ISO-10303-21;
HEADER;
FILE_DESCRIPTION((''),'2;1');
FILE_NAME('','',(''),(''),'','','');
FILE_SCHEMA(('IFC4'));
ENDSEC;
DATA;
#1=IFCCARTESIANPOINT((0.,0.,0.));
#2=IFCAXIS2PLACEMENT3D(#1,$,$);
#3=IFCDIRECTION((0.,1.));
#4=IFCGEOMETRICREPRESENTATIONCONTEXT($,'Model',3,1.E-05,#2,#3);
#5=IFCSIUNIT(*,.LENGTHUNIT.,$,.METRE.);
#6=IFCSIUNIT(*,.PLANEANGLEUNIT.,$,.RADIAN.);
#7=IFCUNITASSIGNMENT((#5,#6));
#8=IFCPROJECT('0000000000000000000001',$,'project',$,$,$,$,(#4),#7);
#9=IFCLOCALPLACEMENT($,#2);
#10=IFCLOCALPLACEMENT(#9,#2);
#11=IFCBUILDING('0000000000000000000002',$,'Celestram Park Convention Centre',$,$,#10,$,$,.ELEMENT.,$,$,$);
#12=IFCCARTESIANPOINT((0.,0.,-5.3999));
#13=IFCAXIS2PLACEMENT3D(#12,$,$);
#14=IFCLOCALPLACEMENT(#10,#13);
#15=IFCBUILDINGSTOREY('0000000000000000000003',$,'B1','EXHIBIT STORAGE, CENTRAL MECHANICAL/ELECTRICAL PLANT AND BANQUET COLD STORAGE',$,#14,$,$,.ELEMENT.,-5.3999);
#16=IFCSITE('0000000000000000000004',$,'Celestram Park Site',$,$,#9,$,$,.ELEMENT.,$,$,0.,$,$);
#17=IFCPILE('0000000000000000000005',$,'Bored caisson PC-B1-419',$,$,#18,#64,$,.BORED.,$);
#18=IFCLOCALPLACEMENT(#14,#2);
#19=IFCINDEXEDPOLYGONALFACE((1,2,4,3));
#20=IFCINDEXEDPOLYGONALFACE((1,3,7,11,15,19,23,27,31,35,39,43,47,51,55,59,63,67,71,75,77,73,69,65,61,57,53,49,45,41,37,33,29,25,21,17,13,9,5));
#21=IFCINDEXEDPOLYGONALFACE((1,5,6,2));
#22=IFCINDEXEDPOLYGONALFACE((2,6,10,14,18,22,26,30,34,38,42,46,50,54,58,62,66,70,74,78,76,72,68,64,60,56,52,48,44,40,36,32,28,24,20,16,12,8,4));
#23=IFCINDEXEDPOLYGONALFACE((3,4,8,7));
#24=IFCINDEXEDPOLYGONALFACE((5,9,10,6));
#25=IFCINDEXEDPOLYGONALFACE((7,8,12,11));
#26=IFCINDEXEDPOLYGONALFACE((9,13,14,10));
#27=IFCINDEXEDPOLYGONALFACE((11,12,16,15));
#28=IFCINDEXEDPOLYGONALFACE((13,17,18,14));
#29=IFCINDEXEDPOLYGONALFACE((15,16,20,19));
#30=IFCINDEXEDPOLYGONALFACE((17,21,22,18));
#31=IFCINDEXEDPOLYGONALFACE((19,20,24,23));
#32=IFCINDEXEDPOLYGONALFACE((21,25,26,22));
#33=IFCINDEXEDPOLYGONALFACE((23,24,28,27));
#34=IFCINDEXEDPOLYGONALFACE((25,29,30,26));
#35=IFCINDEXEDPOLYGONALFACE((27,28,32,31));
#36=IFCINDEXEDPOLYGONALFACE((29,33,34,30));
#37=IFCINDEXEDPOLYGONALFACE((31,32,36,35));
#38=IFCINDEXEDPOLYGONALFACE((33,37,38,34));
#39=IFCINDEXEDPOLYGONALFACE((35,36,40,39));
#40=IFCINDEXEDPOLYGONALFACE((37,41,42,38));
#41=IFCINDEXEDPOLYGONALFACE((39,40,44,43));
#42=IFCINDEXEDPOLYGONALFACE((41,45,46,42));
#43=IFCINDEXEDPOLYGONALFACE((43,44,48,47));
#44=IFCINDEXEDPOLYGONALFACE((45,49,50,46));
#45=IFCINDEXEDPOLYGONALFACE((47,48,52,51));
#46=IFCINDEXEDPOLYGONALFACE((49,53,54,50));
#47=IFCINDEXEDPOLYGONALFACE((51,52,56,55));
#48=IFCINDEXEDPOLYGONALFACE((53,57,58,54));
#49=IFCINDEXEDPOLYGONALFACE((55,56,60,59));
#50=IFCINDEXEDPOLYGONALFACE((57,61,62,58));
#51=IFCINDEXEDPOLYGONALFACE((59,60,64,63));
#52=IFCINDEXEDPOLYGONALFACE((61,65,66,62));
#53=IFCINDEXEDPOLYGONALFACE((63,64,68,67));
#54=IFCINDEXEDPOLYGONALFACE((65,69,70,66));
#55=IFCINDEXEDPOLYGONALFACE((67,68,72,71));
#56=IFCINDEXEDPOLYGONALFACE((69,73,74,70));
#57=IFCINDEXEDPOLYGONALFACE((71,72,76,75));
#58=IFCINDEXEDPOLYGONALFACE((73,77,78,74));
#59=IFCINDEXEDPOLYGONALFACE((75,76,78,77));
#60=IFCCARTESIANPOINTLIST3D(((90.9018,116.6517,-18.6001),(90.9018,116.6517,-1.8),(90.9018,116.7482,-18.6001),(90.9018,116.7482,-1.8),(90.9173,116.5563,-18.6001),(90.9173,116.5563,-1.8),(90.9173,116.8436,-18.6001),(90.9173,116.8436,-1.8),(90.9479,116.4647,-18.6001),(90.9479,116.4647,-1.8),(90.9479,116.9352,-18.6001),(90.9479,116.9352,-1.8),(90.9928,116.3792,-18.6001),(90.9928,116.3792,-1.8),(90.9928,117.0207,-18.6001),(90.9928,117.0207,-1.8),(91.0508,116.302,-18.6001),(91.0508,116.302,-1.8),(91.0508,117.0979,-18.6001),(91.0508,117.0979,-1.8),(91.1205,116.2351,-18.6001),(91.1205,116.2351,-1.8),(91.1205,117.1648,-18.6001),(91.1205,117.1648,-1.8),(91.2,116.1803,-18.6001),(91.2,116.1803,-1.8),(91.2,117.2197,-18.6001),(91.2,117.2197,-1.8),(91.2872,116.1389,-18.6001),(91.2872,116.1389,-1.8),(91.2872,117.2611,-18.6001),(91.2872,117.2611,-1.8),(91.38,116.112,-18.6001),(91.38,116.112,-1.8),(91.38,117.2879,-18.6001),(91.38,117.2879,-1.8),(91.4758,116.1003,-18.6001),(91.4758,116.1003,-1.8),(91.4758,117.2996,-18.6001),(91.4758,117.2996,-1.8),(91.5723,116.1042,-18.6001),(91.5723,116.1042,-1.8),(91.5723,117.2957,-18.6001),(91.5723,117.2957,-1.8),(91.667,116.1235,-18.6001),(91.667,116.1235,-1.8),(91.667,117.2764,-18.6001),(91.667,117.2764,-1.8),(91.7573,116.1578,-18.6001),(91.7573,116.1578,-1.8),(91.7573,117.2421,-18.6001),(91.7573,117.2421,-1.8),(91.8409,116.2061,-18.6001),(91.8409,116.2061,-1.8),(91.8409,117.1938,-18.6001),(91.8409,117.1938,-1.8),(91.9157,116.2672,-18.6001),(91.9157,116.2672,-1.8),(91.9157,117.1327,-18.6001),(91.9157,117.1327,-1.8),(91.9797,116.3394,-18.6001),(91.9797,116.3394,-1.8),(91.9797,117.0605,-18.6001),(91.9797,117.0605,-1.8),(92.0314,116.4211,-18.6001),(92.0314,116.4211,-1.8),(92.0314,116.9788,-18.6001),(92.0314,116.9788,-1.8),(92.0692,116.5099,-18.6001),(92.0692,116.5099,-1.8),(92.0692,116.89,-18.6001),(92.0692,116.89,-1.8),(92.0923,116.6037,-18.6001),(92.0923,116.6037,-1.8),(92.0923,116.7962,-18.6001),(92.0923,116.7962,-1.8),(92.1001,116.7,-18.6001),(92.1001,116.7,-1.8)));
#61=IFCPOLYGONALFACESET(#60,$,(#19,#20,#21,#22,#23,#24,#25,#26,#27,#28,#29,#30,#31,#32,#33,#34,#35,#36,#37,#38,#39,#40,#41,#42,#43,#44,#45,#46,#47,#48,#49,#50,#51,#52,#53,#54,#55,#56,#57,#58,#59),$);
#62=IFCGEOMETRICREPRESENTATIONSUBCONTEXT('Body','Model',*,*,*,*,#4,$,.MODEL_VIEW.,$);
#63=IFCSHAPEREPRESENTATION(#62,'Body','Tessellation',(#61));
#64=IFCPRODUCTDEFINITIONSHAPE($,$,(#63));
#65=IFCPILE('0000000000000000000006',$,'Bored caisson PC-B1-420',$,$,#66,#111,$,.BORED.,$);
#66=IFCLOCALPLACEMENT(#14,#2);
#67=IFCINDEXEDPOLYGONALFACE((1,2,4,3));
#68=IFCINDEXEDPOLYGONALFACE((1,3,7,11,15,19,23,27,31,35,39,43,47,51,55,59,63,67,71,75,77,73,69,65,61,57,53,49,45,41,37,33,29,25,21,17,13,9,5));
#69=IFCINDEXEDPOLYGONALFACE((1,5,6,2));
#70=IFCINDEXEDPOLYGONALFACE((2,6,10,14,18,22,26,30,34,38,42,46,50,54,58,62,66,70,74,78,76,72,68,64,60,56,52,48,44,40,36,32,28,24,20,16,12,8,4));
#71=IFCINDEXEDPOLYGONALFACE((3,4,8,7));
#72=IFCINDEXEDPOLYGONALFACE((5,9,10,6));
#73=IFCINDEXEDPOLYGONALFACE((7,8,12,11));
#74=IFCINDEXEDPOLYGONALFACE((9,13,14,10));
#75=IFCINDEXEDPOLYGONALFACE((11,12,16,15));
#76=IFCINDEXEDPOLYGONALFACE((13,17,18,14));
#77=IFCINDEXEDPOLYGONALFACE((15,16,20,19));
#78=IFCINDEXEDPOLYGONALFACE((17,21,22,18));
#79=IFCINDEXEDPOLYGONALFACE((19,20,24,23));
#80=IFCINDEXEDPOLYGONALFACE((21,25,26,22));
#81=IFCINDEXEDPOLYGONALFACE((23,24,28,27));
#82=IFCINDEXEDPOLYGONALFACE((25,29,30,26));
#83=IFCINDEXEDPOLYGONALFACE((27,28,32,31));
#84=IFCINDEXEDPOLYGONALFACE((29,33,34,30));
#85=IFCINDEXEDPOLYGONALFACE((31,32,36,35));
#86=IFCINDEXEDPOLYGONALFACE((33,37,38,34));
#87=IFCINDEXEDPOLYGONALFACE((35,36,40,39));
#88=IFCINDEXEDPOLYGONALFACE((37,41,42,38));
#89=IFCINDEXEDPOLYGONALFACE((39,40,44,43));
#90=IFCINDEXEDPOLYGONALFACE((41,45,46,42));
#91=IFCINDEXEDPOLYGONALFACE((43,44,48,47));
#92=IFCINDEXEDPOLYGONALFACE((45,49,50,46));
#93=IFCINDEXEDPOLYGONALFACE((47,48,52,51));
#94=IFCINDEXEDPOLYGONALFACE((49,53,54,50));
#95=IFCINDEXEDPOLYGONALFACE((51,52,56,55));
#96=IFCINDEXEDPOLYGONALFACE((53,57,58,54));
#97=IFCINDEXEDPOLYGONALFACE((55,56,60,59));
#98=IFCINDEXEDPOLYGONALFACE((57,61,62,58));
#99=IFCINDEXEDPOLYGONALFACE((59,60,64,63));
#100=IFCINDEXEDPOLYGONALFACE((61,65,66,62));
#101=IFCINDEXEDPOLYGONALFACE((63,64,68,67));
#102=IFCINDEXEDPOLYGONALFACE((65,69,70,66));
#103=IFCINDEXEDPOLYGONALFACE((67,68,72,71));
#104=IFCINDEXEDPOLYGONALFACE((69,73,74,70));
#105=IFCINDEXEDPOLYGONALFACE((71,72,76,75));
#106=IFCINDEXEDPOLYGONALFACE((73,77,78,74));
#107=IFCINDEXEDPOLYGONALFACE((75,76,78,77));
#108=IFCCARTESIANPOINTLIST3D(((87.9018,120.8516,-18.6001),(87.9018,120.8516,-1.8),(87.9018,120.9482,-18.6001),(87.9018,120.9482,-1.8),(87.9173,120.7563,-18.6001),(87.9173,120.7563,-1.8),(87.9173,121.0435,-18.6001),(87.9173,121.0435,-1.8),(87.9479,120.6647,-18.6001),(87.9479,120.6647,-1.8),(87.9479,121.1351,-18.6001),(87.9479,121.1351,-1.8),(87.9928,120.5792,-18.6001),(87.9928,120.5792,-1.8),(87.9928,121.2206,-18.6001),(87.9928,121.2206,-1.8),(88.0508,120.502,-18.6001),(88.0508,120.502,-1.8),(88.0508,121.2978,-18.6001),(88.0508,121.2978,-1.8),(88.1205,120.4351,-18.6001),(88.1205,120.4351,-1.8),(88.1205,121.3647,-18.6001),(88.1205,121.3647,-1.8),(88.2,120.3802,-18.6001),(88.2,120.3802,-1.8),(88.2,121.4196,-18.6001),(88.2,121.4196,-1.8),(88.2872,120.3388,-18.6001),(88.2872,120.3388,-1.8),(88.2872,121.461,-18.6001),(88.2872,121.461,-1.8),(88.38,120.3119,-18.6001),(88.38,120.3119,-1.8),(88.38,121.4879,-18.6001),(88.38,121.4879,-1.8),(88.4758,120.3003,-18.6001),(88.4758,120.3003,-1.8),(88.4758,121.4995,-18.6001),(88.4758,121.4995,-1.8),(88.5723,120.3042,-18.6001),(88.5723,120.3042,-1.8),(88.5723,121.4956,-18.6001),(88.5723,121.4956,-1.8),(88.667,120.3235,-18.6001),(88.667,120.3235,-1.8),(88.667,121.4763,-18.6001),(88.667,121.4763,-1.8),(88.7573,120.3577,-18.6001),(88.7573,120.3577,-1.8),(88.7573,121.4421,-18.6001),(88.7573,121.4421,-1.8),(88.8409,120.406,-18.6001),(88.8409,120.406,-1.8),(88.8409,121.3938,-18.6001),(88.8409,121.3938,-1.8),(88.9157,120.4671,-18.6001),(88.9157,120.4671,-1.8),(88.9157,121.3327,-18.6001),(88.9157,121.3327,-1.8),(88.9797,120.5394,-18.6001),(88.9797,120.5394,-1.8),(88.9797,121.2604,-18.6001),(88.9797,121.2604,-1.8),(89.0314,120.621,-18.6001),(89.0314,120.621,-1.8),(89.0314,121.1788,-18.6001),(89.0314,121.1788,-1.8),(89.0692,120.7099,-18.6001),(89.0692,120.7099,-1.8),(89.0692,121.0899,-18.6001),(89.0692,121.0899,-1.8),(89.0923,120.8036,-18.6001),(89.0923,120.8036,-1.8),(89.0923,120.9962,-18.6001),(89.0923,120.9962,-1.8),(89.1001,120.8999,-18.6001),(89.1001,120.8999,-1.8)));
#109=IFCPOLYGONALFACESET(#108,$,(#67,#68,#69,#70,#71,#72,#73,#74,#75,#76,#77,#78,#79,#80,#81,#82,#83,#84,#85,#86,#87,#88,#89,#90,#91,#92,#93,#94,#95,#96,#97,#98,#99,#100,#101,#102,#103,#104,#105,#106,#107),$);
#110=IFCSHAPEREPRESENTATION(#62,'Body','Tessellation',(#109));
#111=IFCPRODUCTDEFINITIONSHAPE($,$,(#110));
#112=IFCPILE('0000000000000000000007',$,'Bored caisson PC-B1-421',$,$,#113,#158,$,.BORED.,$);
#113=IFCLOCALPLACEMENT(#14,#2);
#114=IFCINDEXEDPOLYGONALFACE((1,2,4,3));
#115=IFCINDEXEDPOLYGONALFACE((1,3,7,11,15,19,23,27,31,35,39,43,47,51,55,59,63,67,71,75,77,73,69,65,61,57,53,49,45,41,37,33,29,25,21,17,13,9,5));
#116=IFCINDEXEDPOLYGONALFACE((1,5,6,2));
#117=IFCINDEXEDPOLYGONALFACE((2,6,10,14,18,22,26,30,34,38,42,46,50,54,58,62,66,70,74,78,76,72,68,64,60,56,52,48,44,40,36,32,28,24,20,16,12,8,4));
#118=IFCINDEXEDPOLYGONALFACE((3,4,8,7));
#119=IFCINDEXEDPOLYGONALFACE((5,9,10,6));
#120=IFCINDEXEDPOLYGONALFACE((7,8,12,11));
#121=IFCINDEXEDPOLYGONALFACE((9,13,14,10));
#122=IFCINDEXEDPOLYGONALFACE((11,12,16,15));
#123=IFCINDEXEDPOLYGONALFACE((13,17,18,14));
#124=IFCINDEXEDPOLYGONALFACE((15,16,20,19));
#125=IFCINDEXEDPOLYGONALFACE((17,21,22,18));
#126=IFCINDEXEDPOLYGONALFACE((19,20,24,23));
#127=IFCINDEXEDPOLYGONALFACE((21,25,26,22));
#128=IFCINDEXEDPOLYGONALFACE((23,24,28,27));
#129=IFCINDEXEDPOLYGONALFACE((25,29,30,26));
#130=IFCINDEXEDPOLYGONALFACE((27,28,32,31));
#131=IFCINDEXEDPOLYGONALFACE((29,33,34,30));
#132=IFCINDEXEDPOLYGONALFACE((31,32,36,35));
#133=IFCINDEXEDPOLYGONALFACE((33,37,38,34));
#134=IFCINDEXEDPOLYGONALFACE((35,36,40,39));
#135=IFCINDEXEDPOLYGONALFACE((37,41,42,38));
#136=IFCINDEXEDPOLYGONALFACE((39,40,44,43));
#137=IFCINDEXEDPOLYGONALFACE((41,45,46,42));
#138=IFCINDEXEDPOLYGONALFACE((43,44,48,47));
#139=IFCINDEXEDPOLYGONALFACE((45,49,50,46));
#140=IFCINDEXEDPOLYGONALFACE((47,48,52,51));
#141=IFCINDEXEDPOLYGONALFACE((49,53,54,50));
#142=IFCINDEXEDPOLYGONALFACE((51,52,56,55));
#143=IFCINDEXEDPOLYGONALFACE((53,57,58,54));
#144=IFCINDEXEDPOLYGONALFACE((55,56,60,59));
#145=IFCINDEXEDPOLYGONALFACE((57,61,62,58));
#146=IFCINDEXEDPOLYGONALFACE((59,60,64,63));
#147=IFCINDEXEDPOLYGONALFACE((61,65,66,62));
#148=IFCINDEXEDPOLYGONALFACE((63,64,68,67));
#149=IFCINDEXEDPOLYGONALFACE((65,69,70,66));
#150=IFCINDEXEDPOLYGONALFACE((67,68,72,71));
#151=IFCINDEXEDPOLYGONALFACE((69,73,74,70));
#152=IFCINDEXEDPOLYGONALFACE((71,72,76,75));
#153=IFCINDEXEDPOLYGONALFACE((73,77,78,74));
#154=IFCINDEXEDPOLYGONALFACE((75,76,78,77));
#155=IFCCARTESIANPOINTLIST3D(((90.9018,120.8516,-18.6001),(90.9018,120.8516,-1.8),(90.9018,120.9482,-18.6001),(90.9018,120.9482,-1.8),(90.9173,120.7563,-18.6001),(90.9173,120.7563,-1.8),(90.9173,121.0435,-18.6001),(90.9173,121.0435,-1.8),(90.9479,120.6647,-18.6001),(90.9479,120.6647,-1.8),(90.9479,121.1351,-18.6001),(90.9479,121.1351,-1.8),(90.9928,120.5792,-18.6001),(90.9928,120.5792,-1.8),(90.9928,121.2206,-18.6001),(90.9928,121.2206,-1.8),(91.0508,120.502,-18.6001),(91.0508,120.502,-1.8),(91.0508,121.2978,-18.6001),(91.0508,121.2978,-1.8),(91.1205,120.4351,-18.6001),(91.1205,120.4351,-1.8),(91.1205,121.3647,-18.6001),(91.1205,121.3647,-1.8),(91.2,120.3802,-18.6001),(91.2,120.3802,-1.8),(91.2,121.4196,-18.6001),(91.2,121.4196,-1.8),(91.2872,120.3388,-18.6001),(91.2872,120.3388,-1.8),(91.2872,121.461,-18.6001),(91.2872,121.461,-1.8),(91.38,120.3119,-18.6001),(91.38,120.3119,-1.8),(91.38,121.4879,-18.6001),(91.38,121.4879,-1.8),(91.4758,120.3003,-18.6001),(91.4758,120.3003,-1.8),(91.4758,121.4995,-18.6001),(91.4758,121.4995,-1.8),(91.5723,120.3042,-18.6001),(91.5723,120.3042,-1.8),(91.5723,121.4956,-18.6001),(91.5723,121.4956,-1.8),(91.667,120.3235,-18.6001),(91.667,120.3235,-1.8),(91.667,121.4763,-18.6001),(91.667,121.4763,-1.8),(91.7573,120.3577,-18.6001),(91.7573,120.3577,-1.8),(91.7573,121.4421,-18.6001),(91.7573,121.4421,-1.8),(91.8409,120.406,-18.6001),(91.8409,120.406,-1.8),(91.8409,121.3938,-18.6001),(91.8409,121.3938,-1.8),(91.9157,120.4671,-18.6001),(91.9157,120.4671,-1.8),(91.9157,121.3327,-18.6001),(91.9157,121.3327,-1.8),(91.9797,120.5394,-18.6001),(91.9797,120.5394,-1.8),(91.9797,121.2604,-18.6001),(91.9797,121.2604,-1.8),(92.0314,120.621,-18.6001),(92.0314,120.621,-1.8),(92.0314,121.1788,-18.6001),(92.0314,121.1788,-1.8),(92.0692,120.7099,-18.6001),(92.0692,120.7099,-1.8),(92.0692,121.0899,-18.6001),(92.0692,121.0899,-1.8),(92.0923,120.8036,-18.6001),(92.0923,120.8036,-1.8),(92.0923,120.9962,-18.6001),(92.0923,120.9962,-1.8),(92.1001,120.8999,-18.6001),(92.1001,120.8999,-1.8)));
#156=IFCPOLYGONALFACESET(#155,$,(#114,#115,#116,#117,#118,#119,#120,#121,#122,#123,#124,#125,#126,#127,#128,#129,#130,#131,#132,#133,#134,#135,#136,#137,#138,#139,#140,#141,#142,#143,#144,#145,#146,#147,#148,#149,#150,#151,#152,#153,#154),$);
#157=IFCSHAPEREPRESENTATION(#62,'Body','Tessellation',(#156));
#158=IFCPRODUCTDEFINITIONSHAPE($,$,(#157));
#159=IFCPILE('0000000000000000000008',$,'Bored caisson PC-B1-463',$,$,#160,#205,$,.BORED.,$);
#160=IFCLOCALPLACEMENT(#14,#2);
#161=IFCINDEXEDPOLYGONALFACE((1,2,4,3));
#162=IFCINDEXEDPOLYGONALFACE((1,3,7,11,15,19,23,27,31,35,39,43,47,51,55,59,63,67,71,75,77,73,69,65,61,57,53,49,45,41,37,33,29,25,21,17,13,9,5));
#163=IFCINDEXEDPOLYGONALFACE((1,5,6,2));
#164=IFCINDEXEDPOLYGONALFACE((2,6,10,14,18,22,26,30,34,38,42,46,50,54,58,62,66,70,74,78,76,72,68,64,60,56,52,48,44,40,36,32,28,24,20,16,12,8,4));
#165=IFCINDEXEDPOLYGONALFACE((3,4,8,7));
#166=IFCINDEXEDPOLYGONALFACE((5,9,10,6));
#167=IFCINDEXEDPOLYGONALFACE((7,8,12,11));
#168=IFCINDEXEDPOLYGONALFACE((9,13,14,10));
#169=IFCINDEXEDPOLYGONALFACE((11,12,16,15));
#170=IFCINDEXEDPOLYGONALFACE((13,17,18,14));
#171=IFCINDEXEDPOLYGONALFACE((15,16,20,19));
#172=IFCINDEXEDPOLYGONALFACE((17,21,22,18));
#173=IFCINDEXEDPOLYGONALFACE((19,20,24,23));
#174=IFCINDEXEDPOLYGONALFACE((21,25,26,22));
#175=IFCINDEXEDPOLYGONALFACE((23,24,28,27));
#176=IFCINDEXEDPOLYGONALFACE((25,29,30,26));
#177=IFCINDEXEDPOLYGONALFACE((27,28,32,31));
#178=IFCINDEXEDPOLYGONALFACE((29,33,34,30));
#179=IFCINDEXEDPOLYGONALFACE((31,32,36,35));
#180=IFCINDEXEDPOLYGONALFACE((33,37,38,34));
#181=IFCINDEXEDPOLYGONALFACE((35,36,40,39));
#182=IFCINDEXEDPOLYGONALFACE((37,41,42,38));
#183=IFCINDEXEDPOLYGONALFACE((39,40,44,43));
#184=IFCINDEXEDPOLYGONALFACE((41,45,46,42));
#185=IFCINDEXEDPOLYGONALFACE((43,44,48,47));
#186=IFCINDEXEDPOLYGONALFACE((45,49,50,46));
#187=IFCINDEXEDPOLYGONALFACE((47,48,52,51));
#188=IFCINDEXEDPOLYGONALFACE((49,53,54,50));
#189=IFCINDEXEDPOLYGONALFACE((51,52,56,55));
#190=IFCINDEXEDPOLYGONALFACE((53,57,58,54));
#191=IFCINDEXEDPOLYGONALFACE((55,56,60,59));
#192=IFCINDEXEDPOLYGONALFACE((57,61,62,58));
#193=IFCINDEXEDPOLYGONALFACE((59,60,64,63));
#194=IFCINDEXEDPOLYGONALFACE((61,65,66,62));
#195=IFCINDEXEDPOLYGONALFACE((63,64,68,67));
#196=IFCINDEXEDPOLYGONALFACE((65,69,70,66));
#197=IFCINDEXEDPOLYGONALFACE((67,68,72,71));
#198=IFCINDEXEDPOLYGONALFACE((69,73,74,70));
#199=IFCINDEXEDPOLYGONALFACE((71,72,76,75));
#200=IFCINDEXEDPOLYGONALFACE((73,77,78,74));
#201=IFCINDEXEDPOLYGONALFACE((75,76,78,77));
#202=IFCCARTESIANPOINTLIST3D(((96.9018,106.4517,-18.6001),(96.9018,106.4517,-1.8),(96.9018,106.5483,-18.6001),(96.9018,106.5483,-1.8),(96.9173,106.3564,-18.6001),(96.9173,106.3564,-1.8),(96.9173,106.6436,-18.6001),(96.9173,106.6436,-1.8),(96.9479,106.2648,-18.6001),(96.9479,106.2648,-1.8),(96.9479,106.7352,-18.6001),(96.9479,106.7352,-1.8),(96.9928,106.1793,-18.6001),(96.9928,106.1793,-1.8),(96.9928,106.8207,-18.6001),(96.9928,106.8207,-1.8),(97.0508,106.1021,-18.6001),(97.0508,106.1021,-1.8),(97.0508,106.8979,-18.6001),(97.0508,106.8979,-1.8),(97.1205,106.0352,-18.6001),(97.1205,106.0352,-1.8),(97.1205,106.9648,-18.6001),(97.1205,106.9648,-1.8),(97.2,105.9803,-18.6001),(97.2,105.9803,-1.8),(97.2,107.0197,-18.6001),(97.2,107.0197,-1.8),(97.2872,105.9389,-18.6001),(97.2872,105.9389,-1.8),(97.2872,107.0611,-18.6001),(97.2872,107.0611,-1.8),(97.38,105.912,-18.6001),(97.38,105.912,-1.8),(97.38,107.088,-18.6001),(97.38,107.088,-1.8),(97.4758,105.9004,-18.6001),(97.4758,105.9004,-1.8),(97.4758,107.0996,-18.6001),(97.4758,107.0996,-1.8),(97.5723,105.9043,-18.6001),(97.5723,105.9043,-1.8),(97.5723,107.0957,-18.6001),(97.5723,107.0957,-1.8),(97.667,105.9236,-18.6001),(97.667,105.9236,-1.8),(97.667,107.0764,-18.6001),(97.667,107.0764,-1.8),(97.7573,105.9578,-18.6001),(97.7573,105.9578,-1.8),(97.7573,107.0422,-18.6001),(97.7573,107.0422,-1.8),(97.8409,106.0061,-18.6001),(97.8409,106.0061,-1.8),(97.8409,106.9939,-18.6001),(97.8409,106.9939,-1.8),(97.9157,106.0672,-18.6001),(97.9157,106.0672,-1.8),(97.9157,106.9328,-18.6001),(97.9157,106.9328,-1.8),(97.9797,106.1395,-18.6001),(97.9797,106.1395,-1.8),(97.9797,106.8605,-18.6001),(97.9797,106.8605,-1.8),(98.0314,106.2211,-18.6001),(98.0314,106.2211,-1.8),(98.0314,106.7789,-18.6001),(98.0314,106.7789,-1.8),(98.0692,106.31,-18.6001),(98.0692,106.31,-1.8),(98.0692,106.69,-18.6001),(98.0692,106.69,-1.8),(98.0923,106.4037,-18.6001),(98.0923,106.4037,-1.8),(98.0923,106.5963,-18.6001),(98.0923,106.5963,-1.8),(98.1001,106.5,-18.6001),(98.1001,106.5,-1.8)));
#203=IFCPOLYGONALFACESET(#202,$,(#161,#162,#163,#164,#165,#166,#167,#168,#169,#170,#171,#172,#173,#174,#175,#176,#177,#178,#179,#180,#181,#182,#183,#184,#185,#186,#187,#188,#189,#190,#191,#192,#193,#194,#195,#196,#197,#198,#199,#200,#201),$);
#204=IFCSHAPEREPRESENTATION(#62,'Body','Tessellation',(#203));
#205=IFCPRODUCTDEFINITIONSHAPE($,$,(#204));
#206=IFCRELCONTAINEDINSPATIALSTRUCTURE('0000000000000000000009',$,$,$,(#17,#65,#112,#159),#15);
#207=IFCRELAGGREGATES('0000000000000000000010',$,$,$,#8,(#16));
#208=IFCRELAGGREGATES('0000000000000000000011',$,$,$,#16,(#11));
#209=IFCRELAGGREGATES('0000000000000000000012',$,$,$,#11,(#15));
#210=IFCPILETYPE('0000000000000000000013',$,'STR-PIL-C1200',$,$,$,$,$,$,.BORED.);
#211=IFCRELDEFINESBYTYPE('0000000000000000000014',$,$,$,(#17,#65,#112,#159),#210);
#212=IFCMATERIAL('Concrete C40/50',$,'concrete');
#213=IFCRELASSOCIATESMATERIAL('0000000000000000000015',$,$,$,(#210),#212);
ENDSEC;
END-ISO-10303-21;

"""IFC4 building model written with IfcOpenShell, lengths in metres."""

from ifc_helpers import new_model, si_unit, direction, frame, origin, origin_2d, place, context, subcontext, project, spatial, circle, extrude, material, material_profile, profile_set, type_object, element, save


model = new_model("IFC4")

# Units and contexts
model_context = context("Model", 3, precision=1e-05, world=origin(), true_north=direction((0.0, 1.0)))
body_context = subcontext(model_context, "Body", "Model", "MODEL_VIEW")
ifc_project = project(units=[si_unit("LENGTHUNIT", "METRE"), si_unit("PLANEANGLEUNIT", "RADIAN")], contexts=[model_context])

# Site, building, storey
site_placement = place(None, origin())
site = spatial("IfcSite", under=ifc_project, at=site_placement, Name="Celestram Park Site", CompositionType="ELEMENT", RefElevation=0.0)
building_placement = place(site_placement, origin())
building = spatial("IfcBuilding", under=site, at=building_placement, Name="Celestram Park Convention Centre", CompositionType="ELEMENT")
storey_placement = place(building_placement, frame((0.0, 0.0, -5.3999)))
storey = spatial("IfcBuildingStorey", under=building, at=storey_placement, Name="B1", Description="EXHIBIT STORAGE, CENTRAL MECHANICAL/ELECTRICAL PLANT AND BANQUET COLD STORAGE", CompositionType="ELEMENT", Elevation=-5.3999)

# Shared definitions
ifc_material_1 = material(Name="Concrete C40/50", Category="concrete")

# Piles
ifc_material_profile_1 = material_profile(ifc_material_1, circle(Radius=0.6001, at=origin_2d()), Name="CAISSON1200")
ifc_profile_set_1 = profile_set([ifc_material_profile_1], Name="Concrete C40/50")
pile_type_1 = type_object("IfcPileType", Name="STR-PIL-C1200", PredefinedType="BORED", material=ifc_profile_set_1)
for number, where, z_axis, x_axis, name in (
    (1, (91.5, 116.7, -1.8), (0.0, 0.0, -1.0), (1.0, 0.0, 0.0), "Bored caisson PC-B1-419"),
    (2, (88.5, 120.8999, -1.8), (0.0, 0.0, -1.0), (1.0, 0.0, 0.0), "Bored caisson PC-B1-420"),
    (3, (91.5, 120.8999, -1.8), (0.0, 0.0, -1.0), (1.0, 0.0, 0.0), "Bored caisson PC-B1-421"),
    (4, (97.5, 106.5, -1.8), (0.0, 0.0, -1.0), (1.0, 0.0, 0.0), "Bored caisson PC-B1-463"),
):
    element("IfcPile", number, at=place(storey_placement, frame(where, z_axis=z_axis, x_axis=x_axis)), inside=storey, type_object=pile_type_1, Name=name, PredefinedType="BORED", context=body_context, shape_type="SweptSolid", body=[
        extrude(circle(Radius=0.6001, at=origin_2d()), origin(), (0.0, 0.0, 1.0), 16.8),
    ])

save(model, "model.ifc")
